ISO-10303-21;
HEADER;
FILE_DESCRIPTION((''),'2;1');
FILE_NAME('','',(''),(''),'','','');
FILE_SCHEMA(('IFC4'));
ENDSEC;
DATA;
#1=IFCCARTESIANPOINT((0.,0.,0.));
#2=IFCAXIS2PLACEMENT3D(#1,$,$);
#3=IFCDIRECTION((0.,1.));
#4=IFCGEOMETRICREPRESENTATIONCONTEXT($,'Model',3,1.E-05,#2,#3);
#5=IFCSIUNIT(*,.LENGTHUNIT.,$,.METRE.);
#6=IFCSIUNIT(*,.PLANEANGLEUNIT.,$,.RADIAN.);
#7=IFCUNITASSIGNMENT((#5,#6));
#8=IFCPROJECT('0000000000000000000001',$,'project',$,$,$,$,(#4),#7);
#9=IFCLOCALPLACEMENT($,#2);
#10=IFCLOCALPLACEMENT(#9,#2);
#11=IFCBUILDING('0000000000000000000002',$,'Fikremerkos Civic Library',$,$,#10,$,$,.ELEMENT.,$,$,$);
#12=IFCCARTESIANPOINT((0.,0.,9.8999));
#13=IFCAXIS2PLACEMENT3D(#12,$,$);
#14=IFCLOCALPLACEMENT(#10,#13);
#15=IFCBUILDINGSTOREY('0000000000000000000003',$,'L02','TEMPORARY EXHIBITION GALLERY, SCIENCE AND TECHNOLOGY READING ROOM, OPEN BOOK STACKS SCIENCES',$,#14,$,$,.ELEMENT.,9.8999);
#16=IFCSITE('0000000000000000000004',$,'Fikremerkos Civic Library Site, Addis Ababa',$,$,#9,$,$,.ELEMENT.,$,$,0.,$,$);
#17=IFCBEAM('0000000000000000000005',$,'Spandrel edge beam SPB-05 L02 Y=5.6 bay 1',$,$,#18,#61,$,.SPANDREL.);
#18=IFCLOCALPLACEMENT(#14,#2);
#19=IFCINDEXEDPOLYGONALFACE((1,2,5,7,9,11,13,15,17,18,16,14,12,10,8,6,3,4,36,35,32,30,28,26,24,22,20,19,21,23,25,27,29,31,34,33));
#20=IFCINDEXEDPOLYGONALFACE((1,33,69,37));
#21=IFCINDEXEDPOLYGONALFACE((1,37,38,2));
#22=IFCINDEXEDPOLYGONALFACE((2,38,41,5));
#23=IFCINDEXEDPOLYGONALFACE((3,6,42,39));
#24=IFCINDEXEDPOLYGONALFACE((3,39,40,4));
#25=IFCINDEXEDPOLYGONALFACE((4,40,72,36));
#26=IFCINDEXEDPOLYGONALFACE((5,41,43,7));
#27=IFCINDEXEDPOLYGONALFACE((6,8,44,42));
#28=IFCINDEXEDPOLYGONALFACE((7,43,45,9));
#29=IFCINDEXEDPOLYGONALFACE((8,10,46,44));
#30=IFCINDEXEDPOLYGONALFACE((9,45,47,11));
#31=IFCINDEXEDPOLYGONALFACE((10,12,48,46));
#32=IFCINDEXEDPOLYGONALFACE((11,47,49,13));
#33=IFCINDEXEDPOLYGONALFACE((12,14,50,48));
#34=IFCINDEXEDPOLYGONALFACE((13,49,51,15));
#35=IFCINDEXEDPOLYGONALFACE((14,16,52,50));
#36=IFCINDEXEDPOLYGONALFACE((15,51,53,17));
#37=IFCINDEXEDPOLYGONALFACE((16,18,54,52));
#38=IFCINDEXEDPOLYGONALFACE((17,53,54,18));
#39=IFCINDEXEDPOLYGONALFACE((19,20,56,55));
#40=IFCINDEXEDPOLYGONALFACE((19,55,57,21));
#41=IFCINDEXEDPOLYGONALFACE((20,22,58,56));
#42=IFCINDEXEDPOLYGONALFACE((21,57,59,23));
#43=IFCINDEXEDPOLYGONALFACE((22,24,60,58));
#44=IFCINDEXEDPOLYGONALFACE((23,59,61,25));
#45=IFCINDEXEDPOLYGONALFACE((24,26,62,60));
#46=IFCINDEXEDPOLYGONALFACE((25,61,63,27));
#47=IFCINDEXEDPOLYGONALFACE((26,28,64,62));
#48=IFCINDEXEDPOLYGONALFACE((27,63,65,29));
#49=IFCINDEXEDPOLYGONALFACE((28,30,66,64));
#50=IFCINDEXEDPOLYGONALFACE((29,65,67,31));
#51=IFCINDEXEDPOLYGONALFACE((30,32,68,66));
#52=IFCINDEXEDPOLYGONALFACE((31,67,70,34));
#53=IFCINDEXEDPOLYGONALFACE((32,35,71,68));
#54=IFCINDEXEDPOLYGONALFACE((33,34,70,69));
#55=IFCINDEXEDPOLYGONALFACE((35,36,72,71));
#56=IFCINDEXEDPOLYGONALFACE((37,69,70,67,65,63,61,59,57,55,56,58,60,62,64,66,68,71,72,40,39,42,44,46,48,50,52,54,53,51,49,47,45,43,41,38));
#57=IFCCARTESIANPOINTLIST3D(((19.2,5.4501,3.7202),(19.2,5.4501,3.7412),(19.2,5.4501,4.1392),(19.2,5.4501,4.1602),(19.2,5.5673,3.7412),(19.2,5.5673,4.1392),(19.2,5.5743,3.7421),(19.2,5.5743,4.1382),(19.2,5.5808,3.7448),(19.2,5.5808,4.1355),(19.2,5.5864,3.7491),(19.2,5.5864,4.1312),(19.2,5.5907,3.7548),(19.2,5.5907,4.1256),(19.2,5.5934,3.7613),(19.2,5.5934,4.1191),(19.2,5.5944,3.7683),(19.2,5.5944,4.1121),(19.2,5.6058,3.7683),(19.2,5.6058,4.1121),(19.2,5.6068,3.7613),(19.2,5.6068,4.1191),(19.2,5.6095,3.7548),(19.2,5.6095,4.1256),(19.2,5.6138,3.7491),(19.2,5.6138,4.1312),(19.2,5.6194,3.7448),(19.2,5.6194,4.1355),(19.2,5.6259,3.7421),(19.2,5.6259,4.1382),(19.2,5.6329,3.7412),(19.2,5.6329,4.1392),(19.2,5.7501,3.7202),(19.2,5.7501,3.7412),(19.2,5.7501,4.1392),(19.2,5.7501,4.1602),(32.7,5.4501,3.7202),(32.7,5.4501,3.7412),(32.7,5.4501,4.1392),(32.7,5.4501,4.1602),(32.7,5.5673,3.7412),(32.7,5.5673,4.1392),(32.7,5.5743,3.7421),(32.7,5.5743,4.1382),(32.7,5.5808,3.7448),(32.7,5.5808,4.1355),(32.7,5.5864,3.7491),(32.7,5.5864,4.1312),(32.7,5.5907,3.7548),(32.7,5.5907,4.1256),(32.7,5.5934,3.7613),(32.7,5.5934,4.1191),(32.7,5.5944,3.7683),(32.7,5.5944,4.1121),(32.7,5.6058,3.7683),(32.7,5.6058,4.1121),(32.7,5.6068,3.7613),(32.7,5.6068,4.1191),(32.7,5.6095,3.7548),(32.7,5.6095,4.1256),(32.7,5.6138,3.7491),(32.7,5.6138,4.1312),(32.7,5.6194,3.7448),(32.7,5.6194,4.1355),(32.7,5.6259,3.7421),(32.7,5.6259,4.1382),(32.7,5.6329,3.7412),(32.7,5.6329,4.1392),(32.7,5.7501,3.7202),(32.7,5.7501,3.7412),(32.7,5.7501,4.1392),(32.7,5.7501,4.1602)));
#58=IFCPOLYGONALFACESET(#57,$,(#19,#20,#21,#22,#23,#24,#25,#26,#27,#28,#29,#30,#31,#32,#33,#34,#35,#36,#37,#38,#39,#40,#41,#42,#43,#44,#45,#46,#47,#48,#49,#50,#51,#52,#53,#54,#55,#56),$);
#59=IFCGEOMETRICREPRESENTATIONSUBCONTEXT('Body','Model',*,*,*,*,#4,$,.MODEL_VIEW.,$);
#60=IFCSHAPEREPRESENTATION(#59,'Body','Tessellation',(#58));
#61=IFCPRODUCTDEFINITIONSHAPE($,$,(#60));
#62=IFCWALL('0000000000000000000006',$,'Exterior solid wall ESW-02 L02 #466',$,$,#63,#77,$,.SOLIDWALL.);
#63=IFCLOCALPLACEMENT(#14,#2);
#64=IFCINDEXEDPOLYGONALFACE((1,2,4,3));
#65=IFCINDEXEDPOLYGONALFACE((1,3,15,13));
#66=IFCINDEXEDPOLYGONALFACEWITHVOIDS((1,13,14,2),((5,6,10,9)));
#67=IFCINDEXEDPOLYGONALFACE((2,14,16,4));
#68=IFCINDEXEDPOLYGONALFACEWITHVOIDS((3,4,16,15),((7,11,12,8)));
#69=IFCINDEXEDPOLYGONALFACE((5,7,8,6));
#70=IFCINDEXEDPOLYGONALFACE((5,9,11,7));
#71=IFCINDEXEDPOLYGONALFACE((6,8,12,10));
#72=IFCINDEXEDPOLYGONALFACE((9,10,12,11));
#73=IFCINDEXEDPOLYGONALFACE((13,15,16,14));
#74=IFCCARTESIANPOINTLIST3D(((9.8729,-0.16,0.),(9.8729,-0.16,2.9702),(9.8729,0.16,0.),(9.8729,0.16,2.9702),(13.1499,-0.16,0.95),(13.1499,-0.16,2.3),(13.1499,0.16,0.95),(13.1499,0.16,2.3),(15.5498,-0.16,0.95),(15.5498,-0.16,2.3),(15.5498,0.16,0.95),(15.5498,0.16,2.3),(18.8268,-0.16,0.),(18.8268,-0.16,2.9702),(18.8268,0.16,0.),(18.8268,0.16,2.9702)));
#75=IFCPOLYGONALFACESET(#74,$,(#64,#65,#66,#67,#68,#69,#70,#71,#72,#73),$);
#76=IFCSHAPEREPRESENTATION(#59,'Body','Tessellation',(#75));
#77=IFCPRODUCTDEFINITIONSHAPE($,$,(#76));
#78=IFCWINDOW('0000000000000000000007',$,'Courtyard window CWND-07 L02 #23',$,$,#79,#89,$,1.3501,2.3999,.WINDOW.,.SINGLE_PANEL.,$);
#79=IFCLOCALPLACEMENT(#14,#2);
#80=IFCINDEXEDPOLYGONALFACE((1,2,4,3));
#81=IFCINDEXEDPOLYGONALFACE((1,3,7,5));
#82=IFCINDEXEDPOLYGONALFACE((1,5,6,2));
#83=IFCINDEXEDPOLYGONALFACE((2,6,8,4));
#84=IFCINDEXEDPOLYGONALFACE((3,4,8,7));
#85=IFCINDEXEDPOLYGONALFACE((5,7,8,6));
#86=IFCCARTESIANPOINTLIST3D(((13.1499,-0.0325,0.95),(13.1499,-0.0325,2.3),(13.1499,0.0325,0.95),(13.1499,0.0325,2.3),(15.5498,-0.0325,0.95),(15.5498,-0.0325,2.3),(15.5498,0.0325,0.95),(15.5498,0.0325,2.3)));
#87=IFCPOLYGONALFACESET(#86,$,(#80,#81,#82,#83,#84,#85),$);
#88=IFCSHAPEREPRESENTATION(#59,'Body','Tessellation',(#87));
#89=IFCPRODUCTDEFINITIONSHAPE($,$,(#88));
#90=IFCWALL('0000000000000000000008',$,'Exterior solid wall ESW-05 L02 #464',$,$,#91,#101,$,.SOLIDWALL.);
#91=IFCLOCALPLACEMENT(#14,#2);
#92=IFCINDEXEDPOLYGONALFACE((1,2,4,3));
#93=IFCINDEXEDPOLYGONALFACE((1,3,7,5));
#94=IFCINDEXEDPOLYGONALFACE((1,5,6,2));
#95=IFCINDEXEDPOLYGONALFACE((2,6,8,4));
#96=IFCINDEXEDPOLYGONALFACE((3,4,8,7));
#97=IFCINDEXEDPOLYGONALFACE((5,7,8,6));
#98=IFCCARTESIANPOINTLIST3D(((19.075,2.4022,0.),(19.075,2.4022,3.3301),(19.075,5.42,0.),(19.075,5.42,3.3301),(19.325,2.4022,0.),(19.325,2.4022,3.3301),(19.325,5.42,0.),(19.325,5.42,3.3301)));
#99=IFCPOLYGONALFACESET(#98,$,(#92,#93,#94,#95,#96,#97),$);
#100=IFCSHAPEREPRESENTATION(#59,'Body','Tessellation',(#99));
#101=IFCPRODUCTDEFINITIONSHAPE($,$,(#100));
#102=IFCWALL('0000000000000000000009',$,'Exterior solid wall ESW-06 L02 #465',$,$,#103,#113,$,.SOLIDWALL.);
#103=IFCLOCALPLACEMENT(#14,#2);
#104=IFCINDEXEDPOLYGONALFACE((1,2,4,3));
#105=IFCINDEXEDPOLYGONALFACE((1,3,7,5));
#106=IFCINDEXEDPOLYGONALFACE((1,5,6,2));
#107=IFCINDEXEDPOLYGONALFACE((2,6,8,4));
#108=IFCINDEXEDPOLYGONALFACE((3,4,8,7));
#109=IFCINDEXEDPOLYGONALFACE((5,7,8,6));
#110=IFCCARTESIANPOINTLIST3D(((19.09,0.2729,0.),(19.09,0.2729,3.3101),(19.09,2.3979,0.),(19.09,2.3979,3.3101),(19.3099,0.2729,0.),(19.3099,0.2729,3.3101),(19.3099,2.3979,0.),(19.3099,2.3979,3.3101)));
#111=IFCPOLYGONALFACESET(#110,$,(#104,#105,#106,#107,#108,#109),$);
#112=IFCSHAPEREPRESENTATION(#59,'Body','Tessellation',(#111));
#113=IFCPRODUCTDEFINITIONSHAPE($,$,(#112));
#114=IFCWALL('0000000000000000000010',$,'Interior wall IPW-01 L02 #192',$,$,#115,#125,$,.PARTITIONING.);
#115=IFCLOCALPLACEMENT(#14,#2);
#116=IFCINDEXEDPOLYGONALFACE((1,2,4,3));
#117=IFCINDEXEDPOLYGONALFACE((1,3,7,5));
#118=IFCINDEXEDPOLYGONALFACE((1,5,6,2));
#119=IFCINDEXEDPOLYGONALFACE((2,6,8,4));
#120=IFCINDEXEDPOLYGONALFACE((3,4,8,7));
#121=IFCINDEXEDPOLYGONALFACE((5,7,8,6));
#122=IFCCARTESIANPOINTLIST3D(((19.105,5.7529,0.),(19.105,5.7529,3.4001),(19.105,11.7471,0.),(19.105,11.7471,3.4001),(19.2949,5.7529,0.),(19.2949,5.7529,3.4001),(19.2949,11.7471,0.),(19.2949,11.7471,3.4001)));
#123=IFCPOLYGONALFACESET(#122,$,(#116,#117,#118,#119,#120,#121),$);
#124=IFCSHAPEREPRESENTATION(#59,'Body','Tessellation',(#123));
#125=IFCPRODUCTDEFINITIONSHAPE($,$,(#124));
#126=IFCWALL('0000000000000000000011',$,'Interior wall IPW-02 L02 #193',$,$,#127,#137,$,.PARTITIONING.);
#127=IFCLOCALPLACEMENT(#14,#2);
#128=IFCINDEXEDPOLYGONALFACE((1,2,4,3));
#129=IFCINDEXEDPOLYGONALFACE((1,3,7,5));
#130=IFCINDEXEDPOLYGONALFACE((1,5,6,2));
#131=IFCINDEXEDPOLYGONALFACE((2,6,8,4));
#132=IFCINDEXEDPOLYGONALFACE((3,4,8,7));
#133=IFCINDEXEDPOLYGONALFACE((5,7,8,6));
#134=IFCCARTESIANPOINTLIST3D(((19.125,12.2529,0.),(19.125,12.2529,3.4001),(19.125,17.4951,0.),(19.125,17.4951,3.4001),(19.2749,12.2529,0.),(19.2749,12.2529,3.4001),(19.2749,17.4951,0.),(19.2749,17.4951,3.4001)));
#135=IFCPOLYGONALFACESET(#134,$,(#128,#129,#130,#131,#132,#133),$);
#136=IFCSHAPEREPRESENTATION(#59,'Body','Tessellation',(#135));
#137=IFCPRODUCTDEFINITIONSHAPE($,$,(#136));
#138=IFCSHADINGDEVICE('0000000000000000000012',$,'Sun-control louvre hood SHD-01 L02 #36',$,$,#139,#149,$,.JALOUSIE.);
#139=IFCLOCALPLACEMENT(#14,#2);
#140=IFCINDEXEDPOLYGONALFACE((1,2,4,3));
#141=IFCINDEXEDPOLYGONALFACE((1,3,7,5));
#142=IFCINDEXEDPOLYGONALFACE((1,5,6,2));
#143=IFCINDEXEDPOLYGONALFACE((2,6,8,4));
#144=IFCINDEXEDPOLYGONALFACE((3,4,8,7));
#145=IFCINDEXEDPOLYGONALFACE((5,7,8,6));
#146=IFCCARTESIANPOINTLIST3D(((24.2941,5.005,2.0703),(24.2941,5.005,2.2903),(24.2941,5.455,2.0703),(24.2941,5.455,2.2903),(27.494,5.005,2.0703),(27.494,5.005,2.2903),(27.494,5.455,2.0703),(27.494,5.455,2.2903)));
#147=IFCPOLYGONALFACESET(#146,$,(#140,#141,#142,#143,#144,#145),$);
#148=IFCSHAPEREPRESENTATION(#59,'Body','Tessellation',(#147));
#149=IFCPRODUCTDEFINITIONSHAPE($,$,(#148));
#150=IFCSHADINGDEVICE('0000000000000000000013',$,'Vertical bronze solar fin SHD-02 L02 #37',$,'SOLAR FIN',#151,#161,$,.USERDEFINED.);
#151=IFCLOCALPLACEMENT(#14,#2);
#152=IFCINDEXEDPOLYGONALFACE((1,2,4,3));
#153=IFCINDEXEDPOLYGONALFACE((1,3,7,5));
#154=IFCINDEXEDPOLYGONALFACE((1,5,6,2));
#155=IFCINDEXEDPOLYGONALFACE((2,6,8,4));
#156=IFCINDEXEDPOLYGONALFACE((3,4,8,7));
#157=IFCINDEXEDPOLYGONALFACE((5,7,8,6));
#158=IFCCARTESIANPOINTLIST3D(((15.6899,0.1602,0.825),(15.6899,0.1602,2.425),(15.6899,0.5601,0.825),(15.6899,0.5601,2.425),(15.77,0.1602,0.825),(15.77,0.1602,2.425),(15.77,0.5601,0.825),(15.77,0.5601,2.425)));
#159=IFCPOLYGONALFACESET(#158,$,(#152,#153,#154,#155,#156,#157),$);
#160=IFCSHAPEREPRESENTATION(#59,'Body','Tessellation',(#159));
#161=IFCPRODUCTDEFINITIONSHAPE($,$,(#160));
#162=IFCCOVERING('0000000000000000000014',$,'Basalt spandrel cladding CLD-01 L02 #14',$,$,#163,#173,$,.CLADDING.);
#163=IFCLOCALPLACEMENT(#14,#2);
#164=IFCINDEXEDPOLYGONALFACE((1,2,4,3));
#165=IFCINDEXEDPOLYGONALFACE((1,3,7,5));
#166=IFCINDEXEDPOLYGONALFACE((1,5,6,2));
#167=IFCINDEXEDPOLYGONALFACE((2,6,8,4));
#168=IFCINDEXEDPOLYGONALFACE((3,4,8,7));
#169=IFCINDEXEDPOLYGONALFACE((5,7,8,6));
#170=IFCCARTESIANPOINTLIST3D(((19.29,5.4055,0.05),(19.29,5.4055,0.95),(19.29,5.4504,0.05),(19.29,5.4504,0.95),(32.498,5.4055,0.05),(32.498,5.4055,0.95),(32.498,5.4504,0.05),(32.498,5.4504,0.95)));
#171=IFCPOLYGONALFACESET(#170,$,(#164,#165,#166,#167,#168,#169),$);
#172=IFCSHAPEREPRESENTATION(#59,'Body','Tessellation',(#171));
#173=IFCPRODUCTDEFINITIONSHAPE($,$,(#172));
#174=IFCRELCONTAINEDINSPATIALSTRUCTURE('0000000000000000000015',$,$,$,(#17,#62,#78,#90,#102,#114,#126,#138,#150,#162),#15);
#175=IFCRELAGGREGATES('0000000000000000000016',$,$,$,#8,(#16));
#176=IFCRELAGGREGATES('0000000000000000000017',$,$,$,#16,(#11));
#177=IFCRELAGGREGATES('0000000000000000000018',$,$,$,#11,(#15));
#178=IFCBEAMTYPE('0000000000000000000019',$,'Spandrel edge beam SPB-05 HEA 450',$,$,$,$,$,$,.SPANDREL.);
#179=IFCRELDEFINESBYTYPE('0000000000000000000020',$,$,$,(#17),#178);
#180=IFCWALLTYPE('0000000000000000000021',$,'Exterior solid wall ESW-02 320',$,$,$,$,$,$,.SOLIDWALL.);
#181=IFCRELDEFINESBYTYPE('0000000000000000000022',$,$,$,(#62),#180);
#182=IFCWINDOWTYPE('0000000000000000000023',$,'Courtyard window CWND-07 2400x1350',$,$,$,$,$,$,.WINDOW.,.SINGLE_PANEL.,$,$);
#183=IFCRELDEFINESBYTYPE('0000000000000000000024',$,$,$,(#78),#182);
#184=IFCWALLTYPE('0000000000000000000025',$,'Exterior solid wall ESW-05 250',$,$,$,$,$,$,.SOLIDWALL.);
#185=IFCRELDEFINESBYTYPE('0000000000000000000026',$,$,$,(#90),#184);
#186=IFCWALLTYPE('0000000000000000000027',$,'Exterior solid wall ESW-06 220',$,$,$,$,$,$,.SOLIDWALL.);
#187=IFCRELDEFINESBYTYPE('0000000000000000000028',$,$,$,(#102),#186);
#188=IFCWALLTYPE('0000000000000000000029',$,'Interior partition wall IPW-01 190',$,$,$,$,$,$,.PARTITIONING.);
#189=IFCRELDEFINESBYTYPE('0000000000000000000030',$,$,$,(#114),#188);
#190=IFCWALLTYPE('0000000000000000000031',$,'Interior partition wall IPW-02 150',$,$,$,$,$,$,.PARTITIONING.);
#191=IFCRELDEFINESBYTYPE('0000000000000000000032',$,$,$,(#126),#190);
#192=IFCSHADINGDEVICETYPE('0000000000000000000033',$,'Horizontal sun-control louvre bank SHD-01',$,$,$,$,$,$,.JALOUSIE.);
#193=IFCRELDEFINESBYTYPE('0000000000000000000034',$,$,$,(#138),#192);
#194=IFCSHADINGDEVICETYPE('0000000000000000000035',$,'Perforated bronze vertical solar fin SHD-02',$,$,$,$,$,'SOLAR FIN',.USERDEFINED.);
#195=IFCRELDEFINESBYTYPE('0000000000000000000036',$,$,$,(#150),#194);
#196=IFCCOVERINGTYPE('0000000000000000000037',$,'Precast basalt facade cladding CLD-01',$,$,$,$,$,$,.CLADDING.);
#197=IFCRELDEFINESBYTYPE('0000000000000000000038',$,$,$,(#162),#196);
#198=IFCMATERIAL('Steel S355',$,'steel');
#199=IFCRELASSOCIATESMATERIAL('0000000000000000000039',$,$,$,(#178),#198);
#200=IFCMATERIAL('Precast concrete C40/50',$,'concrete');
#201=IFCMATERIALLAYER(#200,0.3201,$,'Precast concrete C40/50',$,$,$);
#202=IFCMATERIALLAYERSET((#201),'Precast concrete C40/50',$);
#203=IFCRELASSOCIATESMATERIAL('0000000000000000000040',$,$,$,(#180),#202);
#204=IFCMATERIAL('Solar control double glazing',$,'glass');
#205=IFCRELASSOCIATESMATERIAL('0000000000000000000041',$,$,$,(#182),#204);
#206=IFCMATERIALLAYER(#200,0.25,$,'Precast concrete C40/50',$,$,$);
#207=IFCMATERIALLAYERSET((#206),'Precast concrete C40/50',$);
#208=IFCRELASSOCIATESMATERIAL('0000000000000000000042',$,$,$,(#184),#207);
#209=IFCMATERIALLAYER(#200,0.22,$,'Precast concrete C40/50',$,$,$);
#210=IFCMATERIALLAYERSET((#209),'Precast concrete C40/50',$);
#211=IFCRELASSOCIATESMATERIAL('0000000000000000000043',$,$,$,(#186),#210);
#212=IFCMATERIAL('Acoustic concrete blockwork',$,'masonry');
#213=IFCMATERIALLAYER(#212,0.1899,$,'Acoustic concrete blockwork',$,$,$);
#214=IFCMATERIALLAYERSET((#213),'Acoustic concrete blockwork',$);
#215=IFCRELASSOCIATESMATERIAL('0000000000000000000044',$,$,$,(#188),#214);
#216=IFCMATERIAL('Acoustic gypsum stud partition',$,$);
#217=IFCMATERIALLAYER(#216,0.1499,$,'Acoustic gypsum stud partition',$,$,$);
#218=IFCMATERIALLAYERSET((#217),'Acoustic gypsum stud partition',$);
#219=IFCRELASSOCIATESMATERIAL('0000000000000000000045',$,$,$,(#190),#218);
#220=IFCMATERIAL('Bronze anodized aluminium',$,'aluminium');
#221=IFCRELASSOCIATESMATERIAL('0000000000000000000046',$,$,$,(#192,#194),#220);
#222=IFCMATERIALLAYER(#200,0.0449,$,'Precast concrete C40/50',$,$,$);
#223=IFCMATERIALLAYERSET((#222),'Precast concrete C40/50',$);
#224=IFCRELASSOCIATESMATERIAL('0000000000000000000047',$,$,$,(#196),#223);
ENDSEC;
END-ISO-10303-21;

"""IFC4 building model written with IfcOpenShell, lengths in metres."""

from ifc_helpers import new_model, si_unit, direction, frame, frame_2d, origin, origin_2d, place, context, subcontext, project, spatial, rectangle, i_section, extrude, material, layer, layer_set, material_profile, profile_set, type_object, element, fill, save


model = new_model("IFC4")

# Units and contexts
model_context = context("Model", 3, precision=1e-05, world=origin(), true_north=direction((0.0, 1.0)))
body_context = subcontext(model_context, "Body", "Model", "MODEL_VIEW")
ifc_project = project(units=[si_unit("LENGTHUNIT", "METRE"), si_unit("PLANEANGLEUNIT", "RADIAN")], contexts=[model_context])

# Site, building, storey
site_placement = place(None, origin())
site = spatial("IfcSite", under=ifc_project, at=site_placement, Name="Fikremerkos Civic Library Site, Addis Ababa", CompositionType="ELEMENT", RefElevation=0.0)
building_placement = place(site_placement, origin())
building = spatial("IfcBuilding", under=site, at=building_placement, Name="Fikremerkos Civic Library", CompositionType="ELEMENT")
storey_placement = place(building_placement, frame((0.0, 0.0, 9.8999)))
storey = spatial("IfcBuildingStorey", under=building, at=storey_placement, Name="L02", Description="TEMPORARY EXHIBITION GALLERY, SCIENCE AND TECHNOLOGY READING ROOM, OPEN BOOK STACKS SCIENCES", CompositionType="ELEMENT", Elevation=9.8999)

# Shared definitions
ifc_material_1 = material(Name="Steel S355", Category="steel")

# Beam
ifc_material_profile_1 = material_profile(ifc_material_1, i_section(OverallWidth=0.3, OverallDepth=0.4399, WebThickness=0.0115, FlangeThickness=0.021, FilletRadius=0.0271, at=origin_2d()), Name="HEA 450")
ifc_profile_set_1 = profile_set([ifc_material_profile_1], Name="Steel S355")
beam_type_1 = type_object("IfcBeamType", Name="Spandrel edge beam SPB-05 HEA 450", PredefinedType="SPANDREL", material=ifc_profile_set_1)
beam_1_placement = place(storey_placement, frame((19.2, 5.6001, 3.9402), z_axis=(1.0, 0.0, 0.0), x_axis=(0.0, 1.0, 0.0)))
element("IfcBeam", 1, at=beam_1_placement, inside=storey, type_object=beam_type_1, Name="Spandrel edge beam SPB-05 L02 Y=5.6 bay 1", PredefinedType="SPANDREL", context=body_context, shape_type="SweptSolid", body=[
    extrude(i_section(OverallWidth=0.3, OverallDepth=0.4399, WebThickness=0.0115, FlangeThickness=0.021, FilletRadius=0.0271, at=origin_2d()), origin(), (0.0, 0.0, 1.0), 13.5),
])

# Wall, opening, window
ifc_material_2 = material(Name="Precast concrete C40/50", Category="concrete")
ifc_layer_1 = layer(ifc_material_2, 0.3201, Name="Precast concrete C40/50")
ifc_layer_set_1 = layer_set([ifc_layer_1], Name="Precast concrete C40/50")
wall_type_1 = type_object("IfcWallType", Name="Exterior solid wall ESW-02 320", PredefinedType="SOLIDWALL", material=ifc_layer_set_1)
wall_1_placement = place(storey_placement, frame((18.8269, 0.0, 0.0), z_axis=(0.0, 0.0, 1.0), x_axis=(-1.0, 0.0, 0.0)))
wall_1 = element("IfcWall", 2, at=wall_1_placement, inside=storey, type_object=wall_type_1, Name="Exterior solid wall ESW-02 L02 #466", PredefinedType="SOLIDWALL", context=body_context, shape_type="SweptSolid", body=[
    extrude(rectangle(XDim=8.9539, YDim=0.3201, at=frame_2d((4.4771, 0.0))), origin(), (0.0, 0.0, 1.0), 2.9702),
])
opening_placement = place(wall_1_placement, frame((3.2771, 0.0, 0.95)))
opening = element("IfcOpeningElement", 3, at=opening_placement, cuts=wall_1, PredefinedType="OPENING", context=body_context, shape_type="SweptSolid", body=[
    extrude(rectangle(XDim=2.3999, YDim=1.3501, at=frame_2d((1.2, 0.675))), frame((0.0, 0.1699, 0.0), z_axis=(0.0, -1.0, 0.0), x_axis=(1.0, 0.0, 0.0)), (0.0, 0.0, 1.0), 0.3401),
])
ifc_material_3 = material(Name="Solar control double glazing", Category="glass")
window_type = type_object("IfcWindowType", Name="Courtyard window CWND-07 2400x1350", PartitioningType="SINGLE_PANEL", PredefinedType="WINDOW", material=ifc_material_3)
window_placement = place(opening_placement, origin())
window = element("IfcWindow", 4, at=window_placement, inside=storey, type_object=window_type, Name="Courtyard window CWND-07 L02 #23", OverallHeight=1.3501, OverallWidth=2.3999, PartitioningType="SINGLE_PANEL", PredefinedType="WINDOW", context=body_context, shape_type="SweptSolid", body=[
    extrude(rectangle(XDim=2.3999, YDim=1.3501, at=frame_2d((1.2, 0.675))), frame((0.0, 0.0325, 0.0), z_axis=(0.0, -1.0, 0.0), x_axis=(1.0, 0.0, 0.0)), (0.0, 0.0, 1.0), 0.0649),
])
fill(opening, window)

# Walls
ifc_layer_2 = layer(ifc_material_2, 0.25, Name="Precast concrete C40/50")
ifc_layer_set_2 = layer_set([ifc_layer_2], Name="Precast concrete C40/50")
wall_type_2 = type_object("IfcWallType", Name="Exterior solid wall ESW-05 250", PredefinedType="SOLIDWALL", material=ifc_layer_set_2)
wall_2_placement = place(storey_placement, frame((19.2, 5.4199, 0.0), z_axis=(0.0, 0.0, 1.0), x_axis=(0.0, -1.0, 0.0)))
element("IfcWall", 5, at=wall_2_placement, inside=storey, type_object=wall_type_2, Name="Exterior solid wall ESW-05 L02 #464", PredefinedType="SOLIDWALL", context=body_context, shape_type="SweptSolid", body=[
    extrude(rectangle(XDim=3.0178, YDim=0.25, at=frame_2d((1.5088, 0.0))), origin(), (0.0, 0.0, 1.0), 3.3301),
])
ifc_layer_3 = layer(ifc_material_2, 0.22, Name="Precast concrete C40/50")
ifc_layer_set_3 = layer_set([ifc_layer_3], Name="Precast concrete C40/50")
wall_type_3 = type_object("IfcWallType", Name="Exterior solid wall ESW-06 220", PredefinedType="SOLIDWALL", material=ifc_layer_set_3)
wall_3_placement = place(storey_placement, frame((19.2, 2.3979, 0.0), z_axis=(0.0, 0.0, 1.0), x_axis=(0.0, -1.0, 0.0)))
element("IfcWall", 6, at=wall_3_placement, inside=storey, type_object=wall_type_3, Name="Exterior solid wall ESW-06 L02 #465", PredefinedType="SOLIDWALL", context=body_context, shape_type="SweptSolid", body=[
    extrude(rectangle(XDim=2.125, YDim=0.22, at=frame_2d((1.0625, 0.0))), origin(), (0.0, 0.0, 1.0), 3.3101),
])
ifc_material_4 = material(Name="Acoustic concrete blockwork", Category="masonry")
ifc_layer_4 = layer(ifc_material_4, 0.1899, Name="Acoustic concrete blockwork")
ifc_layer_set_4 = layer_set([ifc_layer_4], Name="Acoustic concrete blockwork")
wall_type_4 = type_object("IfcWallType", Name="Interior partition wall IPW-01 190", PredefinedType="PARTITIONING", material=ifc_layer_set_4)
wall_4_placement = place(storey_placement, frame((19.2, 5.7529, 0.0), z_axis=(0.0, 0.0, 1.0), x_axis=(0.0, 1.0, 0.0)))
element("IfcWall", 7, at=wall_4_placement, inside=storey, type_object=wall_type_4, Name="Interior wall IPW-01 L02 #192", PredefinedType="PARTITIONING", context=body_context, shape_type="SweptSolid", body=[
    extrude(rectangle(XDim=5.9941, YDim=0.1899, at=frame_2d((2.9971, 0.0))), origin(), (0.0, 0.0, 1.0), 3.4001),
])
ifc_material_5 = material(Name="Acoustic gypsum stud partition")
ifc_layer_5 = layer(ifc_material_5, 0.1499, Name="Acoustic gypsum stud partition")
ifc_layer_set_5 = layer_set([ifc_layer_5], Name="Acoustic gypsum stud partition")
wall_type_5 = type_object("IfcWallType", Name="Interior partition wall IPW-02 150", PredefinedType="PARTITIONING", material=ifc_layer_set_5)
wall_5_placement = place(storey_placement, frame((19.2, 12.2529, 0.0), z_axis=(0.0, 0.0, 1.0), x_axis=(0.0, 1.0, 0.0)))
element("IfcWall", 8, at=wall_5_placement, inside=storey, type_object=wall_type_5, Name="Interior wall IPW-02 L02 #193", PredefinedType="PARTITIONING", context=body_context, shape_type="SweptSolid", body=[
    extrude(rectangle(XDim=5.2422, YDim=0.1499, at=frame_2d((2.6211, 0.0))), origin(), (0.0, 0.0, 1.0), 3.4001),
])

# Shading devices
ifc_material_6 = material(Name="Bronze anodized aluminium", Category="aluminium")
shading_device_type_1 = type_object("IfcShadingDeviceType", Name="Horizontal sun-control louvre bank SHD-01", PredefinedType="JALOUSIE", material=ifc_material_6)
shading_device_1_placement = place(storey_placement, frame((25.894, 5.23, 2.0703), z_axis=(0.0, 0.0, 1.0), x_axis=(1.0, 0.0, 0.0)))
element("IfcShadingDevice", 9, at=shading_device_1_placement, inside=storey, type_object=shading_device_type_1, Name="Sun-control louvre hood SHD-01 L02 #36", PredefinedType="JALOUSIE", context=body_context, shape_type="SweptSolid", body=[
    extrude(rectangle(XDim=3.2, YDim=0.45, at=origin_2d()), origin(), (0.0, 0.0, 1.0), 0.22),
])
shading_device_type_2 = type_object("IfcShadingDeviceType", Name="Perforated bronze vertical solar fin SHD-02", ElementType="SOLAR FIN", PredefinedType="USERDEFINED", material=ifc_material_6)
shading_device_2_placement = place(storey_placement, frame((15.73, 0.3601, 0.825), z_axis=(0.0, 0.0, 1.0), x_axis=(1.0, 0.0, 0.0)))
element("IfcShadingDevice", 10, at=shading_device_2_placement, inside=storey, type_object=shading_device_type_2, Name="Vertical bronze solar fin SHD-02 L02 #37", ObjectType="SOLAR FIN", PredefinedType="USERDEFINED", context=body_context, shape_type="SweptSolid", body=[
    extrude(rectangle(XDim=0.0801, YDim=0.3999, at=origin_2d()), origin(), (0.0, 0.0, 1.0), 1.6001),
])

# Covering
ifc_layer_6 = layer(ifc_material_2, 0.0449, Name="Precast concrete C40/50")
ifc_layer_set_6 = layer_set([ifc_layer_6], Name="Precast concrete C40/50")
covering_type = type_object("IfcCoveringType", Name="Precast basalt facade cladding CLD-01", PredefinedType="CLADDING", material=ifc_layer_set_6)
covering_placement = place(storey_placement, frame((25.894, 5.428, 0.05), z_axis=(0.0, 0.0, 1.0), x_axis=(1.0, 0.0, 0.0)))
element("IfcCovering", 11, at=covering_placement, inside=storey, type_object=covering_type, Name="Basalt spandrel cladding CLD-01 L02 #14", PredefinedType="CLADDING", context=body_context, shape_type="SweptSolid", body=[
    extrude(rectangle(XDim=13.208, YDim=0.0449, at=origin_2d()), origin(), (0.0, 0.0, 1.0), 0.8999),
])

save(model, "model.ifc")
